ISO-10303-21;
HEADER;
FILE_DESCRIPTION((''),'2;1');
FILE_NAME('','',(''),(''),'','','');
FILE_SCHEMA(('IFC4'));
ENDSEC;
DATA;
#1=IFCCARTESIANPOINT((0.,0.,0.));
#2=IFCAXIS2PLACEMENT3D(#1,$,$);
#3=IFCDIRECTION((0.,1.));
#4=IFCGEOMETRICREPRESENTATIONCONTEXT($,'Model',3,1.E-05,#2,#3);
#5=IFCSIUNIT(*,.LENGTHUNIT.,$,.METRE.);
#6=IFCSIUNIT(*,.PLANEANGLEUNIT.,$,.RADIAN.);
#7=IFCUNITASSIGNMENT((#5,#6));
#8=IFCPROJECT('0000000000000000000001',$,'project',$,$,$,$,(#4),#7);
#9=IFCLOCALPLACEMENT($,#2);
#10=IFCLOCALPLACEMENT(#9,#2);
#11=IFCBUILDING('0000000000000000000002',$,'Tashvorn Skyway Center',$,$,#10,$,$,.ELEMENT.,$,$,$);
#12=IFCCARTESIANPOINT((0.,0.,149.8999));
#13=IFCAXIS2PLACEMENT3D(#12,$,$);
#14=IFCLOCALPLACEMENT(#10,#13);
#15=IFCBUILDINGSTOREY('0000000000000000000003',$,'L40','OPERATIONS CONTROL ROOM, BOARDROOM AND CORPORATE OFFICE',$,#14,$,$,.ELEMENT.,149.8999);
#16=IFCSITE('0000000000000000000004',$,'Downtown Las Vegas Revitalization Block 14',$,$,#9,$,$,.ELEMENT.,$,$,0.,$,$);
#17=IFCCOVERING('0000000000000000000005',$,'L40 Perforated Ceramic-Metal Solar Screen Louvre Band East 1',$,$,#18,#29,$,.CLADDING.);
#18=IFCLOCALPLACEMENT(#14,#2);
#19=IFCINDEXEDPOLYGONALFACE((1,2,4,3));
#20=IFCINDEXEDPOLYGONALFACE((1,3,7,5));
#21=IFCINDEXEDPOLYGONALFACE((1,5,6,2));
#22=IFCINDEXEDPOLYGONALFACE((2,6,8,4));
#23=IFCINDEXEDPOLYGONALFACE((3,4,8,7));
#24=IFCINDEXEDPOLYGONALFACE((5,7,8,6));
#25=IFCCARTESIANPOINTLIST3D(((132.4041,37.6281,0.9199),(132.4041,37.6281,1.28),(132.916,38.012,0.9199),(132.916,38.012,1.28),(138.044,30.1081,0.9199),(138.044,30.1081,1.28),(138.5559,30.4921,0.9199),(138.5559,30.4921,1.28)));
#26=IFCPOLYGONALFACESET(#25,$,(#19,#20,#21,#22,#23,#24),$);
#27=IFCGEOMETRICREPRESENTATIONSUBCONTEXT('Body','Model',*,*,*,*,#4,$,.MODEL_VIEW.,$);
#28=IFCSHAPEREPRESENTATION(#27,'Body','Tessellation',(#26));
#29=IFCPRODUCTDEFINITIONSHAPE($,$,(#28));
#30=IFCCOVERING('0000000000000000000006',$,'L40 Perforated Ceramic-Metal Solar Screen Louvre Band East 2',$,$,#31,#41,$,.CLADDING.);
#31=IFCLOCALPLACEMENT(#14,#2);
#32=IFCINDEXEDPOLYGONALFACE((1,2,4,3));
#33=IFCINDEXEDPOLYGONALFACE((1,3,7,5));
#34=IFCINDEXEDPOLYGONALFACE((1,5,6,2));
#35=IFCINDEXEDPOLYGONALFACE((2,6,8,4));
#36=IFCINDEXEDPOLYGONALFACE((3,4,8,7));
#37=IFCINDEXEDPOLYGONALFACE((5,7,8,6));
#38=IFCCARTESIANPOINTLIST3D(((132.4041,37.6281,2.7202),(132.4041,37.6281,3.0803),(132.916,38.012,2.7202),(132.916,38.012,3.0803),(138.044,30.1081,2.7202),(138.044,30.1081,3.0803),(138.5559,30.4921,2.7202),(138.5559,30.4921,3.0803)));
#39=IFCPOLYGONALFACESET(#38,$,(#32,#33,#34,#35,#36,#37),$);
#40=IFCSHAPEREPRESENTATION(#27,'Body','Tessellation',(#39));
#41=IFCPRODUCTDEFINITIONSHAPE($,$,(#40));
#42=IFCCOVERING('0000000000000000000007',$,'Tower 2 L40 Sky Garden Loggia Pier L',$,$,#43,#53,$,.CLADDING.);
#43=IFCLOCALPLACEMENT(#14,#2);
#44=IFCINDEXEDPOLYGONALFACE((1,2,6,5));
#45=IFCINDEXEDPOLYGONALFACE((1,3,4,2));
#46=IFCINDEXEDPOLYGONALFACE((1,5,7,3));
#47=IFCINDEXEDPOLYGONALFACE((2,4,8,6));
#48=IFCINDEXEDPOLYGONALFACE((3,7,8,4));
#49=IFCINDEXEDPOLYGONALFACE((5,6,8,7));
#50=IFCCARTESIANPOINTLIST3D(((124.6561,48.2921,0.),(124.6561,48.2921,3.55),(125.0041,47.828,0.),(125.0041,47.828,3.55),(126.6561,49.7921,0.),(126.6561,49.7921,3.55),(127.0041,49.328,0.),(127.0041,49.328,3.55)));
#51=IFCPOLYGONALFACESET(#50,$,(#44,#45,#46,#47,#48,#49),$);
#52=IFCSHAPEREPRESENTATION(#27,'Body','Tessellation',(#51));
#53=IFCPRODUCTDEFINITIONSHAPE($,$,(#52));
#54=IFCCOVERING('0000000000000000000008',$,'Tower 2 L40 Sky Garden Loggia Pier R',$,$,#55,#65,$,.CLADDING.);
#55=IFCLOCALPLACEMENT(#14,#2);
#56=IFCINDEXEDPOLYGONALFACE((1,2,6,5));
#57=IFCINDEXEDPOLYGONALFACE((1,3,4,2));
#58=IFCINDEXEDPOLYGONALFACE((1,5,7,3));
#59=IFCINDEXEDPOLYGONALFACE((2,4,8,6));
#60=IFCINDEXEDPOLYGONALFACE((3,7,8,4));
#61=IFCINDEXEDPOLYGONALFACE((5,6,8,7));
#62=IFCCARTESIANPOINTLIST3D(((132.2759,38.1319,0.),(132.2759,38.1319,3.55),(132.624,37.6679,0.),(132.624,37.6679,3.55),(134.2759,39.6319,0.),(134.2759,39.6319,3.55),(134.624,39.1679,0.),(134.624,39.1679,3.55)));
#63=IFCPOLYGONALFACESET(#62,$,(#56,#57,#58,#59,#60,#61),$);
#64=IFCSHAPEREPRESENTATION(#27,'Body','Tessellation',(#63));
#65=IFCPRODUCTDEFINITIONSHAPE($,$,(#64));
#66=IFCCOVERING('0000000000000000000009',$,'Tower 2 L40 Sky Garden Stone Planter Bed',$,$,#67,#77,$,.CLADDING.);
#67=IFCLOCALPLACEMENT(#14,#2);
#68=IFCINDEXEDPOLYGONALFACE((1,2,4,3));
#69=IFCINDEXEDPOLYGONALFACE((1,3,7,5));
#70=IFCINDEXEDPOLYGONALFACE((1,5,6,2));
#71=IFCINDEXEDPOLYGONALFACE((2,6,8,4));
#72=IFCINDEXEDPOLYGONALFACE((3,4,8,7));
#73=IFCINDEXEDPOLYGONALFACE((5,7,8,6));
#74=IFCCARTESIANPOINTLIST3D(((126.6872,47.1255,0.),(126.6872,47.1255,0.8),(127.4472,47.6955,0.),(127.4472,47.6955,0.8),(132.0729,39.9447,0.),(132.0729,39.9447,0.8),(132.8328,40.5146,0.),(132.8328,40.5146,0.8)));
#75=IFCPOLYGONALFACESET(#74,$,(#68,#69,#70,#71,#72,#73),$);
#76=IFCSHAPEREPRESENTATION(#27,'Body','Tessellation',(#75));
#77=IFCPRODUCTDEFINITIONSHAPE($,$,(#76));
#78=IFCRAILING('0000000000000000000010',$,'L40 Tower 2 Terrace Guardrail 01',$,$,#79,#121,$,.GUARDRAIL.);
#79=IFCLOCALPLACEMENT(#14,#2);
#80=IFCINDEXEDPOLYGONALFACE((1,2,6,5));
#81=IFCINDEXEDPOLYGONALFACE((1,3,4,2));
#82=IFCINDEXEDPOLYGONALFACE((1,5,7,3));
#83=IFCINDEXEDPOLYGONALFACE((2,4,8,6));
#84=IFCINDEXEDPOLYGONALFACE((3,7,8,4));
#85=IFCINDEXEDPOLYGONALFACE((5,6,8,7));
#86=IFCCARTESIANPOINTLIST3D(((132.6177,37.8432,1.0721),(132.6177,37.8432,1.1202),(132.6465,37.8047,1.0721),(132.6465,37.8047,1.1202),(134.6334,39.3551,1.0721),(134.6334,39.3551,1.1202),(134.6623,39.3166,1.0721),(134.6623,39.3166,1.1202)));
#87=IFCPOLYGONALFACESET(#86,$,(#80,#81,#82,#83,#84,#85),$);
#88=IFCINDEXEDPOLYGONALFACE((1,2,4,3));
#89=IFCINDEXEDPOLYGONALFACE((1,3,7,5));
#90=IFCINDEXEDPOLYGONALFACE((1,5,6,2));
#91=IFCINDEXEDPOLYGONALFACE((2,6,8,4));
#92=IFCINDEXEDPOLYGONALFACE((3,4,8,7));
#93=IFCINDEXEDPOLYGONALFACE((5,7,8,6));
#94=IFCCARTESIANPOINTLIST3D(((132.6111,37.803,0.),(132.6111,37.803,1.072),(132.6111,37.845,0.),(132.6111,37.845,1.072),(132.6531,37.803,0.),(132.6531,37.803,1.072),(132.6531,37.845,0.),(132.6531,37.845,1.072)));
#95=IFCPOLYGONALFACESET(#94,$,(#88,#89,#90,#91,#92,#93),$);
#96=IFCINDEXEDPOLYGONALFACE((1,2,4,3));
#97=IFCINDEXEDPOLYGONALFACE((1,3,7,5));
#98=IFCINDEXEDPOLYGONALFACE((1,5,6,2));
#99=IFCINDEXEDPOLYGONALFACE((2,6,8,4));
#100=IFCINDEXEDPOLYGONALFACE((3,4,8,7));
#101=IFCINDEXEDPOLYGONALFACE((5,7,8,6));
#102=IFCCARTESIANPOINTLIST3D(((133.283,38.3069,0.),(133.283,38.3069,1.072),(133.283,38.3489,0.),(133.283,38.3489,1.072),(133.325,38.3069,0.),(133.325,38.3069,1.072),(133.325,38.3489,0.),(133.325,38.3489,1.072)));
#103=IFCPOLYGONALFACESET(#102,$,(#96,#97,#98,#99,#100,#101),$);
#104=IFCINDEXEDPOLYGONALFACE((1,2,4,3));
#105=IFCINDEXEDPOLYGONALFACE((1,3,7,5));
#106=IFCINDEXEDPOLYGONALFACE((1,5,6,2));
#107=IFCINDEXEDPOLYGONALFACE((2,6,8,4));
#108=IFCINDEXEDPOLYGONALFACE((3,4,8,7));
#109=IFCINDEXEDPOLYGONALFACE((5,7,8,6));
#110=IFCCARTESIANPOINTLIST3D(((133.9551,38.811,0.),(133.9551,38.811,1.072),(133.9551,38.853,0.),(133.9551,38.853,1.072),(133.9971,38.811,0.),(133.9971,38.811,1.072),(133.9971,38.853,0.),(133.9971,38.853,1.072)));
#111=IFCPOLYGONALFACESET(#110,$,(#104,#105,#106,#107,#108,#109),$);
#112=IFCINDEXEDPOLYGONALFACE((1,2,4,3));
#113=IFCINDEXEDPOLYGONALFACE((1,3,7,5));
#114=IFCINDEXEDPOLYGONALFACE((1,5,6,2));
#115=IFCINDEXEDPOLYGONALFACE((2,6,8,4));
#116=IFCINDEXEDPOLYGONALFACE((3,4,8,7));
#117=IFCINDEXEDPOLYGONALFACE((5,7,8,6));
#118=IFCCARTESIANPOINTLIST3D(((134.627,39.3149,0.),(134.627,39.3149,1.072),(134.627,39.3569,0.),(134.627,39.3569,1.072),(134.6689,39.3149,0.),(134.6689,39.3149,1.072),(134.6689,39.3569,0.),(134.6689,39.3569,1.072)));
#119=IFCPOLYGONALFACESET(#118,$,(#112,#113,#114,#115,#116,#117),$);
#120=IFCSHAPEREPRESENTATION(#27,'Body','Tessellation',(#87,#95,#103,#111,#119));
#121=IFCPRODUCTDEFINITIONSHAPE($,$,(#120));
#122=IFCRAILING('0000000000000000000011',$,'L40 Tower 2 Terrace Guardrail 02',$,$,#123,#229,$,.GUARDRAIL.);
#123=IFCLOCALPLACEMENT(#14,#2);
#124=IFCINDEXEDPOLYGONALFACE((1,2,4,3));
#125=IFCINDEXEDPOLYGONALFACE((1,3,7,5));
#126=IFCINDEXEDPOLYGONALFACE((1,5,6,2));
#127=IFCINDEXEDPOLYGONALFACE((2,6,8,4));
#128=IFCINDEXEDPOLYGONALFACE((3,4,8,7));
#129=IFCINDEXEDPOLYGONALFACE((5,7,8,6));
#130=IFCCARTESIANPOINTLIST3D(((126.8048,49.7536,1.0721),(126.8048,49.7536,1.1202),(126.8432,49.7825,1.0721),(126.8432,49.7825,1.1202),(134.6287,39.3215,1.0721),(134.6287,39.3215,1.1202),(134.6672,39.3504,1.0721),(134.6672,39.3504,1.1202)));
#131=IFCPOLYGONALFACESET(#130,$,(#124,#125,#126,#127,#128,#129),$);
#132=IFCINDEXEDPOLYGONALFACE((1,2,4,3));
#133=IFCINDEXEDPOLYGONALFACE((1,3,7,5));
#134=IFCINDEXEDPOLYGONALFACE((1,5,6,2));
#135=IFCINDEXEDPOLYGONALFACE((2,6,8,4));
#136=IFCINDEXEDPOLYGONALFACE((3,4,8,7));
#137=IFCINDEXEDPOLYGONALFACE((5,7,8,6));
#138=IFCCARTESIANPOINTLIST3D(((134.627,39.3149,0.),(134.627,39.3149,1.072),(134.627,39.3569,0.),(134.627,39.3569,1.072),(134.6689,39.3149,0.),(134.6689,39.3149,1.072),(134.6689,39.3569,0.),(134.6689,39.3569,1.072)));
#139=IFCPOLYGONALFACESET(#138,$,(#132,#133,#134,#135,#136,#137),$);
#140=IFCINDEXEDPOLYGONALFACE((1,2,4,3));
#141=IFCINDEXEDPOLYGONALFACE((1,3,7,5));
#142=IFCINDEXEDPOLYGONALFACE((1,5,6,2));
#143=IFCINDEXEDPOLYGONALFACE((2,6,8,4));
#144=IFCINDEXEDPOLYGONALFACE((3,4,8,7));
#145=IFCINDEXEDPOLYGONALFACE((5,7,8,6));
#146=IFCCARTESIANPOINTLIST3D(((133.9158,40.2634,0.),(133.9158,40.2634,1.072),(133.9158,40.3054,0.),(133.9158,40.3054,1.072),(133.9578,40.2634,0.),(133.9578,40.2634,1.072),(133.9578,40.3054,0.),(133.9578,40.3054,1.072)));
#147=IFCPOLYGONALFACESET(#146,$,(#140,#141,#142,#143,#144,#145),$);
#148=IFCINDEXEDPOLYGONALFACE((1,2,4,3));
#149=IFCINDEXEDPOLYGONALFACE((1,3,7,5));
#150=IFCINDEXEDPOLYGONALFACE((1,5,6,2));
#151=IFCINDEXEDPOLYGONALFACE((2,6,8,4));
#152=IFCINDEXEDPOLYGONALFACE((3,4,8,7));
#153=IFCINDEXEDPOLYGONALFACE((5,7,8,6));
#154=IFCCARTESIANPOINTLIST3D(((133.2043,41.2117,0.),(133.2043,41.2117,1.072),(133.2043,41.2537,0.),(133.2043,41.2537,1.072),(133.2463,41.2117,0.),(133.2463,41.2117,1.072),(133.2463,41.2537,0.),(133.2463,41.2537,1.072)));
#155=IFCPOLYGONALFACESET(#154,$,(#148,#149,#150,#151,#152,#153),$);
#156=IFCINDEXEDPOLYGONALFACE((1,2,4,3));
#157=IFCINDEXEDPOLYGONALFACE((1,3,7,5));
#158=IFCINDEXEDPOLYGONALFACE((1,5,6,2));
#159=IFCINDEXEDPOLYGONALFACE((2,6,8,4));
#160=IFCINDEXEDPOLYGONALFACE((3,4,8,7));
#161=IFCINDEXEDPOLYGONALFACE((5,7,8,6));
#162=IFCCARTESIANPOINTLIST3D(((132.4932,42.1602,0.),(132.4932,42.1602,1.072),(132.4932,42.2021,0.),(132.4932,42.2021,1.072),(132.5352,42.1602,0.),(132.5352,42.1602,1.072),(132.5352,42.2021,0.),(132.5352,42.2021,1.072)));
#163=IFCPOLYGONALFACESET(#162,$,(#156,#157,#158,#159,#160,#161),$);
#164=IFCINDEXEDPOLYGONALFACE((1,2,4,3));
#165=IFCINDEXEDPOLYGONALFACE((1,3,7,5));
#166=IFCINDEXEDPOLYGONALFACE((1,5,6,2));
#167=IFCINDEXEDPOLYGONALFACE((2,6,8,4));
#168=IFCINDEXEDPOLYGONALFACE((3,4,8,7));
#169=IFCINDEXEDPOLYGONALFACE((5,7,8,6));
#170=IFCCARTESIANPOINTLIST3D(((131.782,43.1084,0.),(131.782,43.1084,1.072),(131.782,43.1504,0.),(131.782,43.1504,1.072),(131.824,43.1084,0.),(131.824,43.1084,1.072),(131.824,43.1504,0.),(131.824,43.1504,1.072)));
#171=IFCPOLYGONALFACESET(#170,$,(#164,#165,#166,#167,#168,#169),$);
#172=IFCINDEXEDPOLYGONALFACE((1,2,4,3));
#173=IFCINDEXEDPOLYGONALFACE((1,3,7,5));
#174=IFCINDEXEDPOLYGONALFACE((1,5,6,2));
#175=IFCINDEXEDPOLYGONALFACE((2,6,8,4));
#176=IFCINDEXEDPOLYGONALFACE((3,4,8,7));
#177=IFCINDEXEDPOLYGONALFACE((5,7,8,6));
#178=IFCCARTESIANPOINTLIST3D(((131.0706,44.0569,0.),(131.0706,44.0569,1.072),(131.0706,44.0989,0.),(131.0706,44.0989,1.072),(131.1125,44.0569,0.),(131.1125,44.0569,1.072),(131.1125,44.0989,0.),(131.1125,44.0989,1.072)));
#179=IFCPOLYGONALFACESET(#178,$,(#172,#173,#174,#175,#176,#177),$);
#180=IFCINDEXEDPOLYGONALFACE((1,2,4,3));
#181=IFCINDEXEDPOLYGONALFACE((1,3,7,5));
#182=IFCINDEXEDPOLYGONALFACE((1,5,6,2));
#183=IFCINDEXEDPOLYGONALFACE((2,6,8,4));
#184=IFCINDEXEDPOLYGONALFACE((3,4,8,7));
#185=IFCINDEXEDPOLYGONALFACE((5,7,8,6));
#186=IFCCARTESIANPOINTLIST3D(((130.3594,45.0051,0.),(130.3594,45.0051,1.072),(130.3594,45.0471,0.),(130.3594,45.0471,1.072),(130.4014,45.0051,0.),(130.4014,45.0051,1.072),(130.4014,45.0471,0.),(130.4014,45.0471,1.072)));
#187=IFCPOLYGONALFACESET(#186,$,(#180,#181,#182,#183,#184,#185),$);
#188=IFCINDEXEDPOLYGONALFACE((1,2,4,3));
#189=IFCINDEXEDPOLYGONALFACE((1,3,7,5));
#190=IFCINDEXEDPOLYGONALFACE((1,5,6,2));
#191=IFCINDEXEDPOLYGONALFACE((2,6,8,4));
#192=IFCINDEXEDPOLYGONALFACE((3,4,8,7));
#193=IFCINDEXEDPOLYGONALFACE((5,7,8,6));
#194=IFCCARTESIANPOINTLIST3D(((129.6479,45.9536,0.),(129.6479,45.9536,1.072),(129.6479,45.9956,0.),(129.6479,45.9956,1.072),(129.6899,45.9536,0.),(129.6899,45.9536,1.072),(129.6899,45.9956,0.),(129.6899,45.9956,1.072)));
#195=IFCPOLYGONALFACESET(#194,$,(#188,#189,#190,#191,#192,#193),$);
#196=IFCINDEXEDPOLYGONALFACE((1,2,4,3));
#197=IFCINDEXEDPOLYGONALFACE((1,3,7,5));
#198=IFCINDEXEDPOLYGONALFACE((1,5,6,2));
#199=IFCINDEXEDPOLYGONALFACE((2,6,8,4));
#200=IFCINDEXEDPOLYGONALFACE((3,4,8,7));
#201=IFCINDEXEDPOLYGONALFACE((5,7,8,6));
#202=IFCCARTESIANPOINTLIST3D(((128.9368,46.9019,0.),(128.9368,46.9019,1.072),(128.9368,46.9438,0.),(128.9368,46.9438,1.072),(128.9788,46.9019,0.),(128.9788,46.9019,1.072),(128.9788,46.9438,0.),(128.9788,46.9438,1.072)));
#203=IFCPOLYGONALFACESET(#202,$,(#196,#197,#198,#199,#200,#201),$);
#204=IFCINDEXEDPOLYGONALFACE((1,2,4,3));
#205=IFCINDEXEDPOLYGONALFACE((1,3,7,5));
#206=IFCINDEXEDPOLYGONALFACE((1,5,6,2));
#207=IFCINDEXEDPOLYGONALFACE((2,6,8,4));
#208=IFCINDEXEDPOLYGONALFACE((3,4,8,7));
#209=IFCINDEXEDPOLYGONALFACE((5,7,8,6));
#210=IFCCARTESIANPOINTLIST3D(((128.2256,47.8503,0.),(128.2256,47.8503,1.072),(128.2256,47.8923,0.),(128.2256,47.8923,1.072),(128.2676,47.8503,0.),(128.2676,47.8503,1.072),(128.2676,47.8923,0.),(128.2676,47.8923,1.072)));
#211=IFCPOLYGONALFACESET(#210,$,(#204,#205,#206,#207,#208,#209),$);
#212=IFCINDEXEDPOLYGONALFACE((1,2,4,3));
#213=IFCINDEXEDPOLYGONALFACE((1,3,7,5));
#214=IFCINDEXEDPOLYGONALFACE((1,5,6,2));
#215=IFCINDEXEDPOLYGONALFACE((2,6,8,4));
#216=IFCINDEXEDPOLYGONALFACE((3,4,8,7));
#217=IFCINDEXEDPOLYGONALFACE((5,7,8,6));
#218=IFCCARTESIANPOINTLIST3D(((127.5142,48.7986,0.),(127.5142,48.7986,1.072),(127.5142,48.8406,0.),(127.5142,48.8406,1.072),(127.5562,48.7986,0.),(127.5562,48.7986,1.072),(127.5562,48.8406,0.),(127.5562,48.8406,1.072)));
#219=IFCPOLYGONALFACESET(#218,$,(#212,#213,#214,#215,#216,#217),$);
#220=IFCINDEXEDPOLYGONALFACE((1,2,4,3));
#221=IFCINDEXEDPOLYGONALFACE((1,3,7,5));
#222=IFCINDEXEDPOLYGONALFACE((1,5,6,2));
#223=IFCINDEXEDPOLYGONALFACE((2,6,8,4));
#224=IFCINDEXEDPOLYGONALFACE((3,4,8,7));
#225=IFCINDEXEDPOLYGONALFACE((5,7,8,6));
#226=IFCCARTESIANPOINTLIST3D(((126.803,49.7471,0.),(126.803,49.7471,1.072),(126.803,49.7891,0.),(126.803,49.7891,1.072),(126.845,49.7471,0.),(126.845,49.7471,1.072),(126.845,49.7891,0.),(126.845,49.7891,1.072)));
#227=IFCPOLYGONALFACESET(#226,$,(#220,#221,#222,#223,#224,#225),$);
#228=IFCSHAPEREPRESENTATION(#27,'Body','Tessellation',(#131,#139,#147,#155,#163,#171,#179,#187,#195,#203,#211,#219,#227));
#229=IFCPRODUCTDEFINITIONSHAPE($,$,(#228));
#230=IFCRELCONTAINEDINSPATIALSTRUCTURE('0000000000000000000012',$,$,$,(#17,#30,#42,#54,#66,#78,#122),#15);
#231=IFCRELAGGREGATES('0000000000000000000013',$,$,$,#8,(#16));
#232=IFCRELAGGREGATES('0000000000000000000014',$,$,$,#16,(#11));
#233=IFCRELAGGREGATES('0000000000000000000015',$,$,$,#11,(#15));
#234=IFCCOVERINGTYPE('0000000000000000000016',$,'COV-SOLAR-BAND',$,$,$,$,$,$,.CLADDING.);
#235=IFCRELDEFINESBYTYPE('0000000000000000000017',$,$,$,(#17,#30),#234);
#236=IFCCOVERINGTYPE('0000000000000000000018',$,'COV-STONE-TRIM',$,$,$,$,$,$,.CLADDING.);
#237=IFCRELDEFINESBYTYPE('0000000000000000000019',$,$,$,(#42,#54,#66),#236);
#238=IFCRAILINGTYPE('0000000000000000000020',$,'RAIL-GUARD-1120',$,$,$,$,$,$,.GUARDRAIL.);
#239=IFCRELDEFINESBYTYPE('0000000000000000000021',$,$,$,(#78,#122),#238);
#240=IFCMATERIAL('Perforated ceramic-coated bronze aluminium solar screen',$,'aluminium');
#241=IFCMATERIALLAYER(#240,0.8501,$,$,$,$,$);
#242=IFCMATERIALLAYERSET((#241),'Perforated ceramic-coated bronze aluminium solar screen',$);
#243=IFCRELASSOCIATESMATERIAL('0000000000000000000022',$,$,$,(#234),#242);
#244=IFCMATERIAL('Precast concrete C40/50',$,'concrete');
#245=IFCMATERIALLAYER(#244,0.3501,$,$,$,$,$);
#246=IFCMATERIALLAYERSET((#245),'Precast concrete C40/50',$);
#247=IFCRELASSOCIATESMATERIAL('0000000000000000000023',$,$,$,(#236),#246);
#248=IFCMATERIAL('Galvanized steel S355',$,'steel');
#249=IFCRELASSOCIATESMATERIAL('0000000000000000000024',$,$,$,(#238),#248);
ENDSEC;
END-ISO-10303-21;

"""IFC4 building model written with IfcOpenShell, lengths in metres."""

from ifc_helpers import new_model, si_unit, direction, frame, origin, origin_2d, place, context, subcontext, project, spatial, rectangle, extrude, material, layer, layer_set, type_object, element, save


model = new_model("IFC4")

# Units and contexts
model_context = context("Model", 3, precision=1e-05, world=origin(), true_north=direction((0.0, 1.0)))
body_context = subcontext(model_context, "Body", "Model", "MODEL_VIEW")
ifc_project = project(units=[si_unit("LENGTHUNIT", "METRE"), si_unit("PLANEANGLEUNIT", "RADIAN")], contexts=[model_context])

# Site, building, storey
site_placement = place(None, origin())
site = spatial("IfcSite", under=ifc_project, at=site_placement, Name="Downtown Las Vegas Revitalization Block 14", CompositionType="ELEMENT", RefElevation=0.0)
building_placement = place(site_placement, origin())
building = spatial("IfcBuilding", under=site, at=building_placement, Name="Tashvorn Skyway Center", CompositionType="ELEMENT")
storey_placement = place(building_placement, frame((0.0, 0.0, 149.8999)))
storey = spatial("IfcBuildingStorey", under=building, at=storey_placement, Name="L40", Description="OPERATIONS CONTROL ROOM, BOARDROOM AND CORPORATE OFFICE", CompositionType="ELEMENT", Elevation=149.8999)

# Shared definitions
ifc_material_1 = material(Name="Precast concrete C40/50", Category="concrete")

# Coverings
ifc_material_2 = material(Name="Perforated ceramic-coated bronze aluminium solar screen", Category="aluminium")
ifc_layer_1 = layer(ifc_material_2, 0.8501)
ifc_layer_set_1 = layer_set([ifc_layer_1], Name="Perforated ceramic-coated bronze aluminium solar screen")
covering_type_1 = type_object("IfcCoveringType", Name="COV-SOLAR-BAND", PredefinedType="CLADDING", material=ifc_layer_set_1)
for number, where, z_axis, x_axis, name in (
    (1, (135.48, 34.0601, 0.9199), (0.0, 0.0, 1.0), (0.6, -0.8, 0.0), "L40 Perforated Ceramic-Metal Solar Screen Louvre Band East 1"),
    (2, (135.48, 34.0601, 2.7202), (0.0, 0.0, 1.0), (0.6, -0.8, 0.0), "L40 Perforated Ceramic-Metal Solar Screen Louvre Band East 2"),
):
    element("IfcCovering", number, at=place(storey_placement, frame(where, z_axis=z_axis, x_axis=x_axis)), inside=storey, type_object=covering_type_1, Name=name, PredefinedType="CLADDING", context=body_context, shape_type="SweptSolid", body=[
        extrude(rectangle(XDim=9.3999, YDim=0.6399, at=origin_2d()), origin(), (0.0, 0.0, 1.0), 0.3601),
    ])
ifc_layer_2 = layer(ifc_material_1, 0.3501)
ifc_layer_set_2 = layer_set([ifc_layer_2], Name="Precast concrete C40/50")
covering_type_2 = type_object("IfcCoveringType", Name="COV-STONE-TRIM", PredefinedType="CLADDING", material=ifc_layer_set_2)
for number, where, z_axis, x_axis, name in (
    (3, (125.8301, 48.8101, 0.0), (0.0, 0.0, 1.0), (0.6, -0.8, 0.0), "Tower 2 L40 Sky Garden Loggia Pier L"),
    (4, (133.45, 38.6499, 0.0), (0.0, 0.0, 1.0), (0.6, -0.8, 0.0), "Tower 2 L40 Sky Garden Loggia Pier R"),
):
    element("IfcCovering", number, at=place(storey_placement, frame(where, z_axis=z_axis, x_axis=x_axis)), inside=storey, type_object=covering_type_2, Name=name, PredefinedType="CLADDING", context=body_context, shape_type="SweptSolid", body=[
        extrude(rectangle(XDim=0.5801, YDim=2.5, at=origin_2d()), origin(), (0.0, 0.0, 1.0), 3.55),
    ])
covering_placement = place(storey_placement, frame((129.76, 43.8201, 0.0), z_axis=(0.0, 0.0, 1.0), x_axis=(0.6, -0.8, 0.0)))
element("IfcCovering", 5, at=covering_placement, inside=storey, type_object=covering_type_2, Name="Tower 2 L40 Sky Garden Stone Planter Bed", PredefinedType="CLADDING", context=body_context, shape_type="SweptSolid", body=[
    extrude(rectangle(XDim=8.9761, YDim=0.95, at=origin_2d()), origin(), (0.0, 0.0, 1.0), 0.8),
])

# Railings
ifc_material_3 = material(Name="Galvanized steel S355", Category="steel")
railing_type_1 = type_object("IfcRailingType", Name="RAIL-GUARD-1120", PredefinedType="GUARDRAIL", material=ifc_material_3)
railing_1_placement = place(storey_placement, frame((132.6321, 37.824, 0.0)))
element("IfcRailing", 6, at=railing_1_placement, inside=storey, type_object=railing_type_1, Name="L40 Tower 2 Terrace Guardrail 01", PredefinedType="GUARDRAIL", context=body_context, shape_type="SweptSolid", body=[
    extrude(rectangle(XDim=0.0481, YDim=0.0481, at=origin_2d()), frame((0.0, 0.0, 1.0962), z_axis=(0.799988, 0.600016, 0.0), x_axis=(-0.600016, 0.799988, 0.0)), (0.0, 0.0, 1.0), 2.5198),
    extrude(rectangle(XDim=0.042, YDim=0.042, at=origin_2d()), origin(), (0.0, 0.0, 1.0), 1.072),
    extrude(rectangle(XDim=0.042, YDim=0.042, at=origin_2d()), frame((0.6719, 0.5039, 0.0)), (0.0, 0.0, 1.0), 1.072),
    extrude(rectangle(XDim=0.042, YDim=0.042, at=origin_2d()), frame((1.344, 1.0081, 0.0)), (0.0, 0.0, 1.0), 1.072),
    extrude(rectangle(XDim=0.042, YDim=0.042, at=origin_2d()), frame((2.0159, 1.512, 0.0)), (0.0, 0.0, 1.0), 1.072),
])
railing_2_placement = place(storey_placement, frame((134.6479, 39.3359, 0.0)))
element("IfcRailing", 7, at=railing_2_placement, inside=storey, type_object=railing_type_1, Name="L40 Tower 2 Terrace Guardrail 02", PredefinedType="GUARDRAIL", context=body_context, shape_type="SweptSolid", body=[
    extrude(rectangle(XDim=0.0481, YDim=0.0481, at=origin_2d()), frame((0.0, 0.0, 1.0962), z_axis=(-0.599994, 0.800004, 0.0), x_axis=(-0.800004, -0.599994, 0.0)), (0.0, 0.0, 1.0), 13.04),
    extrude(rectangle(XDim=0.042, YDim=0.042, at=origin_2d()), origin(), (0.0, 0.0, 1.0), 1.072),
    extrude(rectangle(XDim=0.042, YDim=0.042, at=origin_2d()), frame((-0.7112, 0.9485, 0.0)), (0.0, 0.0, 1.0), 1.072),
    extrude(rectangle(XDim=0.042, YDim=0.042, at=origin_2d()), frame((-1.4226, 1.8967, 0.0)), (0.0, 0.0, 1.0), 1.072),
    extrude(rectangle(XDim=0.042, YDim=0.042, at=origin_2d()), frame((-2.1338, 2.8452, 0.0)), (0.0, 0.0, 1.0), 1.072),
    extrude(rectangle(XDim=0.042, YDim=0.042, at=origin_2d()), frame((-2.845, 3.7935, 0.0)), (0.0, 0.0, 1.0), 1.072),
    extrude(rectangle(XDim=0.042, YDim=0.042, at=origin_2d()), frame((-3.5564, 4.7419, 0.0)), (0.0, 0.0, 1.0), 1.072),
    extrude(rectangle(XDim=0.042, YDim=0.042, at=origin_2d()), frame((-4.2676, 5.6902, 0.0)), (0.0, 0.0, 1.0), 1.072),
    extrude(rectangle(XDim=0.042, YDim=0.042, at=origin_2d()), frame((-4.979, 6.6387, 0.0)), (0.0, 0.0, 1.0), 1.072),
    extrude(rectangle(XDim=0.042, YDim=0.042, at=origin_2d()), frame((-5.6902, 7.5869, 0.0)), (0.0, 0.0, 1.0), 1.072),
    extrude(rectangle(XDim=0.042, YDim=0.042, at=origin_2d()), frame((-6.4014, 8.5354, 0.0)), (0.0, 0.0, 1.0), 1.072),
    extrude(rectangle(XDim=0.042, YDim=0.042, at=origin_2d()), frame((-7.1128, 9.4836, 0.0)), (0.0, 0.0, 1.0), 1.072),
    extrude(rectangle(XDim=0.042, YDim=0.042, at=origin_2d()), frame((-7.824, 10.4321, 0.0)), (0.0, 0.0, 1.0), 1.072),
])

save(model, "model.ifc")
